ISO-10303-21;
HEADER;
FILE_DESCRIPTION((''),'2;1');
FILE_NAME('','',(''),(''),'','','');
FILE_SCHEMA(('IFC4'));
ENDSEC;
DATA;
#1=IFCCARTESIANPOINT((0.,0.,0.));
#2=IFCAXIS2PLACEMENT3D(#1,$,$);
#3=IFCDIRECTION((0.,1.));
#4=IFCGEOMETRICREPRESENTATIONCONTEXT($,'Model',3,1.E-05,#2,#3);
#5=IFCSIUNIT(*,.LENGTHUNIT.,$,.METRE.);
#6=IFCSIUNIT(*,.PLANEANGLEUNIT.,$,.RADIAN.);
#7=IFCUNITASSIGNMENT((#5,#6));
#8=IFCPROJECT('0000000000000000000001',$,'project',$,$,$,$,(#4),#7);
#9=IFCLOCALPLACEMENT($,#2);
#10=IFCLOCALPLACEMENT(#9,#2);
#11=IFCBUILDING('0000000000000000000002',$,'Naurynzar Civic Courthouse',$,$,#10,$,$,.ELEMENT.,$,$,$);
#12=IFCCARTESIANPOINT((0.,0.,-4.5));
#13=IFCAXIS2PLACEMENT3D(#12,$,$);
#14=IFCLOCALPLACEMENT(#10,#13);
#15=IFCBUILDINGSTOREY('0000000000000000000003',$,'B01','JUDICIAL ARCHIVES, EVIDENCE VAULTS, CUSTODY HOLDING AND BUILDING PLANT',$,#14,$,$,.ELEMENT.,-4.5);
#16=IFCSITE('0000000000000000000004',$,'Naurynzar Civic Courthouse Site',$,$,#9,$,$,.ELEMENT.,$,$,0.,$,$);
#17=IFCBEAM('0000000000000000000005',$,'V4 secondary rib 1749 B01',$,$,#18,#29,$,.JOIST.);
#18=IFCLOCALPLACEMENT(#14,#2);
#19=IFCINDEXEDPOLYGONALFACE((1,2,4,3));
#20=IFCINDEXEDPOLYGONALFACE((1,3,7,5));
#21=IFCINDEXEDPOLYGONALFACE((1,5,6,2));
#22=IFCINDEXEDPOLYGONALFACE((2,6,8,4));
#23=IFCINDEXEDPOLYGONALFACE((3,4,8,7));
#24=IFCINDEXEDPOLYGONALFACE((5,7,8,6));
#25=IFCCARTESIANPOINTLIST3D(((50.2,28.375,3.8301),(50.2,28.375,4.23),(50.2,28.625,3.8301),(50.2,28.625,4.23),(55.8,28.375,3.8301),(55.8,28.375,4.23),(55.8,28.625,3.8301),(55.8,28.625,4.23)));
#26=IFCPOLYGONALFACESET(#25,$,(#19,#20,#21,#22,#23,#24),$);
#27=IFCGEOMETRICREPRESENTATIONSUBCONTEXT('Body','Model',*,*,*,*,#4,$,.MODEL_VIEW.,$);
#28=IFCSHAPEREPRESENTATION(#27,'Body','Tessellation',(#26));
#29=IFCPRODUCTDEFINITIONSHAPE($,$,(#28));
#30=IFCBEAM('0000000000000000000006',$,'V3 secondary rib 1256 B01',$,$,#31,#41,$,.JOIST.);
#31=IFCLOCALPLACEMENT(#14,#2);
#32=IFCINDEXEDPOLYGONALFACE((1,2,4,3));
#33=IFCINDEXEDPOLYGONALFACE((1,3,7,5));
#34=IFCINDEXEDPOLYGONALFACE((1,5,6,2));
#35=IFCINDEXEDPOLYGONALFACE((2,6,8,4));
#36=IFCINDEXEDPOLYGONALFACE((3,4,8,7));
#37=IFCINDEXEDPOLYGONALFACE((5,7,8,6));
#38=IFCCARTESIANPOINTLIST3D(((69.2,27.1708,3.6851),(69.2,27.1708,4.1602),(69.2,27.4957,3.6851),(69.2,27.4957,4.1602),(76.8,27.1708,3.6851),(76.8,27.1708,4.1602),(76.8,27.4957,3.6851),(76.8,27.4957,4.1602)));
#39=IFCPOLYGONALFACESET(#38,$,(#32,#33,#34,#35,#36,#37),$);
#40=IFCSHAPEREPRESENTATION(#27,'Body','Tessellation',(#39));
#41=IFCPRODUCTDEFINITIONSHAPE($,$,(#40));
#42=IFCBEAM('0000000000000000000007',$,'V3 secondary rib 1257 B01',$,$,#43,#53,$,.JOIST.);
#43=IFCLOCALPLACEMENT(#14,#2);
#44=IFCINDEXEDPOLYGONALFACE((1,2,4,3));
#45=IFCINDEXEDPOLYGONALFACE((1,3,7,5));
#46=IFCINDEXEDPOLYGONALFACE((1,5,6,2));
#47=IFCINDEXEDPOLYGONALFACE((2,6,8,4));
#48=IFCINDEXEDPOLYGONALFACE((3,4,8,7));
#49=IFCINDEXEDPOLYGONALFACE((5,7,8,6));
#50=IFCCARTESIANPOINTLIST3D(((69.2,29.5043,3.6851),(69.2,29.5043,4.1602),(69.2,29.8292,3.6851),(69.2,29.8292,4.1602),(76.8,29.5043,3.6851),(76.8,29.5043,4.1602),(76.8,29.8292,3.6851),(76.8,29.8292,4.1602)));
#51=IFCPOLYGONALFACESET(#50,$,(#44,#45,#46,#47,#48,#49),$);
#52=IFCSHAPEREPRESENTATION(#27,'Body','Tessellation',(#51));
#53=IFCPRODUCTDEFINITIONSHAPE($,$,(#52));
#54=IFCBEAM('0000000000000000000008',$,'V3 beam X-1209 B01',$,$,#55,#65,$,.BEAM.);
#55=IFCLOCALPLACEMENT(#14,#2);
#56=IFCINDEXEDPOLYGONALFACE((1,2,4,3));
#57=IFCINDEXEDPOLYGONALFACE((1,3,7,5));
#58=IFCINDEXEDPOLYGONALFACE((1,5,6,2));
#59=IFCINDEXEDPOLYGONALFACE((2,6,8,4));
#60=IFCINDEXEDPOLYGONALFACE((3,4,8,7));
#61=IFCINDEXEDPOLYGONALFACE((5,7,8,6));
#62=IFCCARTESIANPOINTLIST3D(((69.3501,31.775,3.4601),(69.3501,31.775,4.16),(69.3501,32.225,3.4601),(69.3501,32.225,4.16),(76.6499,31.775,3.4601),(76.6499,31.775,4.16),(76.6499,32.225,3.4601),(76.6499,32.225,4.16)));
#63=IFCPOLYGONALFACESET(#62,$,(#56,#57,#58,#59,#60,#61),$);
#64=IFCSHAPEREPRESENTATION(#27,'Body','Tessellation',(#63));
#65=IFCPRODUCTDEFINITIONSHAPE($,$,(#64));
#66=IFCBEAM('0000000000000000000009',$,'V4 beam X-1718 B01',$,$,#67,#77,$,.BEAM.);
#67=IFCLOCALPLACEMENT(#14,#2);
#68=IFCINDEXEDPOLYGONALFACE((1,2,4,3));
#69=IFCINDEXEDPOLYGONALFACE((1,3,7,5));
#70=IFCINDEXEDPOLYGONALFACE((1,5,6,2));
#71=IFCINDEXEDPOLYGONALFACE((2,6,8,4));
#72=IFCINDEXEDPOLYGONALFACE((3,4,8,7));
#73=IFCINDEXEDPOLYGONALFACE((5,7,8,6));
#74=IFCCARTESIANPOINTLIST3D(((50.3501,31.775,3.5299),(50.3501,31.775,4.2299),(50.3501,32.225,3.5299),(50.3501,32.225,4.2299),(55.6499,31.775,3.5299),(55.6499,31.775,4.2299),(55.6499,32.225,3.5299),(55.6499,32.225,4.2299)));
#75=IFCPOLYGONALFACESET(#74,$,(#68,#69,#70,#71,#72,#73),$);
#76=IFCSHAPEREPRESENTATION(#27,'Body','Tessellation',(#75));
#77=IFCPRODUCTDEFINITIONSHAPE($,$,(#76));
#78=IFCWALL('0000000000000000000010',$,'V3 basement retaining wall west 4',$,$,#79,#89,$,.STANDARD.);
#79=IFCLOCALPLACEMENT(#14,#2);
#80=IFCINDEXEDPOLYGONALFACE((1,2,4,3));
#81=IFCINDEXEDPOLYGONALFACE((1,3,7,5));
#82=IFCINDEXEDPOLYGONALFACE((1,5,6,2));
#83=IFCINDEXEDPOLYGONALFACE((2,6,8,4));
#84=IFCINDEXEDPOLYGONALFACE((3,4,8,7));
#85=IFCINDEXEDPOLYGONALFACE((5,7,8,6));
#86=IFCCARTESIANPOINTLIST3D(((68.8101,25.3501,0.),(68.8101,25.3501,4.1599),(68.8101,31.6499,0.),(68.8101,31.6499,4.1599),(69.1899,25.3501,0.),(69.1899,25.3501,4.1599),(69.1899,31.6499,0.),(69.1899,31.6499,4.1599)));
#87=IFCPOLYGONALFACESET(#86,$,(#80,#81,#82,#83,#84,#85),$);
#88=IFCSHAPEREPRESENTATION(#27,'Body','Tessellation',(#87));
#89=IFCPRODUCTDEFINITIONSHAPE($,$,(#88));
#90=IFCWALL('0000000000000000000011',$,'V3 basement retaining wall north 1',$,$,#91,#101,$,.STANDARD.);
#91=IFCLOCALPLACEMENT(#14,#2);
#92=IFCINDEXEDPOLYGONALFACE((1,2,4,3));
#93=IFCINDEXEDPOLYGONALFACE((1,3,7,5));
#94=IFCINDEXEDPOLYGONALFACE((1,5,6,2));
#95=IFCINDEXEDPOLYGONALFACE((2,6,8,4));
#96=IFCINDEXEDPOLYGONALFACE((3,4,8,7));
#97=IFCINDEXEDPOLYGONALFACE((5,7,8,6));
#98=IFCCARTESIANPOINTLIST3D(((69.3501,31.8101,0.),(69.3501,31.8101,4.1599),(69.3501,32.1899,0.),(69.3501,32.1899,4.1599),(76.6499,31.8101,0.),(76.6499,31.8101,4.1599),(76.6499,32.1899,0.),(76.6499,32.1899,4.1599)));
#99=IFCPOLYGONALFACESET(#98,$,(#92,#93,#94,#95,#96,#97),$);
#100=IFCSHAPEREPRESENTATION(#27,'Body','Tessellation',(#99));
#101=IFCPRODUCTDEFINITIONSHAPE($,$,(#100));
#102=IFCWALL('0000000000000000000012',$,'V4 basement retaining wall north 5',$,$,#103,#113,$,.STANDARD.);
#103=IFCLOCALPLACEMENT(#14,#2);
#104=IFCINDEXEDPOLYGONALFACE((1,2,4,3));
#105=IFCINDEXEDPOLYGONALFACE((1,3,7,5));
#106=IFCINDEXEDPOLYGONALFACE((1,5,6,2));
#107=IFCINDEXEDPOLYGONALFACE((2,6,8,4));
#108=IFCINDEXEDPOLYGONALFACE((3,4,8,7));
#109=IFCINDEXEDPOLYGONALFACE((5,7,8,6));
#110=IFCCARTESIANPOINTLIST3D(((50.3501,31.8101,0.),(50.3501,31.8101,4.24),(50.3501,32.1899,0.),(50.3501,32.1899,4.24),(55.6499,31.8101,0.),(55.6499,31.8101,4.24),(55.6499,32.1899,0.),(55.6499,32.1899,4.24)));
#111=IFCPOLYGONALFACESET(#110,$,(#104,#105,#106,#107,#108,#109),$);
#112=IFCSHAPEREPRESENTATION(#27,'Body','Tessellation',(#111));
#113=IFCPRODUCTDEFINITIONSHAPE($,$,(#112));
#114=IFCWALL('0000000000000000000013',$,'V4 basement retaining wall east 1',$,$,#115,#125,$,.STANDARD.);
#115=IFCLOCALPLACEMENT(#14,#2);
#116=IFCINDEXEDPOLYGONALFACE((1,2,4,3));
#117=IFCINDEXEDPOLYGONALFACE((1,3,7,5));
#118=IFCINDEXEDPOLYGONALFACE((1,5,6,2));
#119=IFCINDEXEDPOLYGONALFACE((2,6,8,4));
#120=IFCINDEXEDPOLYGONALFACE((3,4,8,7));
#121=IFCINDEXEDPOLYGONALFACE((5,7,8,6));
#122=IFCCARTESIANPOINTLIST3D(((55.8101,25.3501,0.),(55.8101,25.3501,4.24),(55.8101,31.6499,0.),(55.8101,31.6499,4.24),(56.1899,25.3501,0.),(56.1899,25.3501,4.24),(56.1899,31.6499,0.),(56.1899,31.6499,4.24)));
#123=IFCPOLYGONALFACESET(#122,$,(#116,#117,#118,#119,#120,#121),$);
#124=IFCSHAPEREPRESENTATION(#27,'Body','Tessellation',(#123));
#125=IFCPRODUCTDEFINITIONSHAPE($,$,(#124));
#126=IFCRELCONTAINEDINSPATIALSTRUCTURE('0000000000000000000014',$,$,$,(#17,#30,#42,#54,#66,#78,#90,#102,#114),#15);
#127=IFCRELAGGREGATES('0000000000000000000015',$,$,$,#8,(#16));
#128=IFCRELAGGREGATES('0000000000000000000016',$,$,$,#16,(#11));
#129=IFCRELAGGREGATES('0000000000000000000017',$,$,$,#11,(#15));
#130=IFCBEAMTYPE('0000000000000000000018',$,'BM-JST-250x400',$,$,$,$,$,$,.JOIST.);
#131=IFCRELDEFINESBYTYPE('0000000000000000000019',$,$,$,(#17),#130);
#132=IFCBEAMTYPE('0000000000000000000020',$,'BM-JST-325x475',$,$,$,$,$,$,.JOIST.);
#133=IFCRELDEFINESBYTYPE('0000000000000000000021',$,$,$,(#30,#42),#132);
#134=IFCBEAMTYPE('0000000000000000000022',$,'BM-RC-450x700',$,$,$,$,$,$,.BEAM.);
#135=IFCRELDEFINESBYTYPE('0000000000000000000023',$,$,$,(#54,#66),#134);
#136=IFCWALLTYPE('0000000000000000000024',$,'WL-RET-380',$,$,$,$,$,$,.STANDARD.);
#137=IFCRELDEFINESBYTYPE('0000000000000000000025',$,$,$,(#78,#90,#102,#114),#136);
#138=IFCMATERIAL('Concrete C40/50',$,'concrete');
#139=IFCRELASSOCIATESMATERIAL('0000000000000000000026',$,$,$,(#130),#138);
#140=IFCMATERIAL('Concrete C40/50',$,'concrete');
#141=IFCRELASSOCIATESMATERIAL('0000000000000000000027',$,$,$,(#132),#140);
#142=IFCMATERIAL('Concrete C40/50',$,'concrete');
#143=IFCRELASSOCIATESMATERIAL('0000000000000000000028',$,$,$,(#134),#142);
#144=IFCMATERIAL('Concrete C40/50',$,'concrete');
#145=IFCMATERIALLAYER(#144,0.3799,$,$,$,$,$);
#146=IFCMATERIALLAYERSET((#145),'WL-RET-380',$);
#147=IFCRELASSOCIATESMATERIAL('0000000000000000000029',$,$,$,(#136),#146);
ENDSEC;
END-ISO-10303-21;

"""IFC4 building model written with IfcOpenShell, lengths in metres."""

from ifc_helpers import new_model, si_unit, direction, frame, frame_2d, origin, origin_2d, place, context, subcontext, project, spatial, rectangle, extrude, material, layer, layer_set, material_profile, profile_set, type_object, element, save


model = new_model("IFC4")

# Units and contexts
model_context = context("Model", 3, precision=1e-05, world=origin(), true_north=direction((0.0, 1.0)))
body_context = subcontext(model_context, "Body", "Model", "MODEL_VIEW")
ifc_project = project(units=[si_unit("LENGTHUNIT", "METRE"), si_unit("PLANEANGLEUNIT", "RADIAN")], contexts=[model_context])

# Site, building, storey
site_placement = place(None, origin())
site = spatial("IfcSite", under=ifc_project, at=site_placement, Name="Naurynzar Civic Courthouse Site", CompositionType="ELEMENT", RefElevation=0.0)
building_placement = place(site_placement, origin())
building = spatial("IfcBuilding", under=site, at=building_placement, Name="Naurynzar Civic Courthouse", CompositionType="ELEMENT")
storey_placement = place(building_placement, frame((0.0, 0.0, -4.5)))
storey = spatial("IfcBuildingStorey", under=building, at=storey_placement, Name="B01", Description="JUDICIAL ARCHIVES, EVIDENCE VAULTS, CUSTODY HOLDING AND BUILDING PLANT", CompositionType="ELEMENT", Elevation=-4.5)

# Beams
ifc_material_1 = material(Name="Concrete C40/50", Category="concrete")
ifc_material_profile_1 = material_profile(ifc_material_1, rectangle(XDim=0.25, YDim=0.3999, at=origin_2d()), Name="RCB 250x400")
ifc_profile_set_1 = profile_set([ifc_material_profile_1], Name="Concrete C40/50")
beam_type_1 = type_object("IfcBeamType", Name="BM-JST-250x400", PredefinedType="JOIST", material=ifc_profile_set_1)
beam_1_placement = place(storey_placement, frame((50.2, 28.5, 4.03), z_axis=(1.0, 0.0, 0.0), x_axis=(0.0, 1.0, 0.0)))
element("IfcBeam", 1, at=beam_1_placement, inside=storey, type_object=beam_type_1, Name="V4 secondary rib 1749 B01", PredefinedType="JOIST", context=body_context, shape_type="SweptSolid", body=[
    extrude(rectangle(XDim=0.25, YDim=0.3999, at=origin_2d()), origin(), (0.0, 0.0, 1.0), 5.6001),
])
ifc_material_2 = material(Name="Concrete C40/50", Category="concrete")
ifc_material_profile_2 = material_profile(ifc_material_2, rectangle(XDim=0.325, YDim=0.4751, at=origin_2d()), Name="RCB 325x475")
ifc_profile_set_2 = profile_set([ifc_material_profile_2], Name="Concrete C40/50")
beam_type_2 = type_object("IfcBeamType", Name="BM-JST-325x475", PredefinedType="JOIST", material=ifc_profile_set_2)
for number, where, z_axis, x_axis, name in (
    (2, (69.2, 27.3333, 3.9226), (1.0, 0.0, 0.0), (0.0, 1.0, 0.0), "V3 secondary rib 1256 B01"),
    (3, (69.2, 29.6667, 3.9226), (1.0, 0.0, 0.0), (0.0, 1.0, 0.0), "V3 secondary rib 1257 B01"),
):
    element("IfcBeam", number, at=place(storey_placement, frame(where, z_axis=z_axis, x_axis=x_axis)), inside=storey, type_object=beam_type_2, Name=name, PredefinedType="JOIST", context=body_context, shape_type="SweptSolid", body=[
        extrude(rectangle(XDim=0.325, YDim=0.4751, at=origin_2d()), origin(), (0.0, 0.0, 1.0), 7.6001),
    ])
ifc_material_3 = material(Name="Concrete C40/50", Category="concrete")
ifc_material_profile_3 = material_profile(ifc_material_3, rectangle(XDim=0.45, YDim=0.7, at=origin_2d()), Name="RCB 450x700")
ifc_profile_set_3 = profile_set([ifc_material_profile_3], Name="Concrete C40/50")
beam_type_3 = type_object("IfcBeamType", Name="BM-RC-450x700", PredefinedType="BEAM", material=ifc_profile_set_3)
beam_2_placement = place(storey_placement, frame((69.3501, 32.0, 3.8101), z_axis=(1.0, 0.0, 0.0), x_axis=(0.0, 1.0, 0.0)))
element("IfcBeam", 4, at=beam_2_placement, inside=storey, type_object=beam_type_3, Name="V3 beam X-1209 B01", PredefinedType="BEAM", context=body_context, shape_type="SweptSolid", body=[
    extrude(rectangle(XDim=0.45, YDim=0.7, at=origin_2d()), origin(), (0.0, 0.0, 1.0), 7.2998),
])
beam_3_placement = place(storey_placement, frame((50.3501, 32.0, 3.8799), z_axis=(1.0, 0.0, 0.0), x_axis=(0.0, 1.0, 0.0)))
element("IfcBeam", 5, at=beam_3_placement, inside=storey, type_object=beam_type_3, Name="V4 beam X-1718 B01", PredefinedType="BEAM", context=body_context, shape_type="SweptSolid", body=[
    extrude(rectangle(XDim=0.45, YDim=0.7, at=origin_2d()), origin(), (0.0, 0.0, 1.0), 5.2998),
])

# Walls
ifc_material_4 = material(Name="Concrete C40/50", Category="concrete")
ifc_layer = layer(ifc_material_4, 0.3799)
ifc_layer_set = layer_set([ifc_layer], Name="WL-RET-380")
wall_type = type_object("IfcWallType", Name="WL-RET-380", PredefinedType="STANDARD", material=ifc_layer_set)
wall_1_placement = place(storey_placement, frame((69.0, 25.3501, 0.0), z_axis=(0.0, 0.0, 1.0), x_axis=(0.0, 1.0, 0.0)))
element("IfcWall", 6, at=wall_1_placement, inside=storey, type_object=wall_type, Name="V3 basement retaining wall west 4", PredefinedType="STANDARD", context=body_context, shape_type="SweptSolid", body=[
    extrude(rectangle(XDim=6.2998, YDim=0.3799, at=frame_2d((3.1499, 0.0))), origin(), (0.0, 0.0, 1.0), 4.1599),
])
wall_2_placement = place(storey_placement, frame((69.3501, 32.0, 0.0), z_axis=(0.0, 0.0, 1.0), x_axis=(1.0, 0.0, 0.0)))
element("IfcWall", 7, at=wall_2_placement, inside=storey, type_object=wall_type, Name="V3 basement retaining wall north 1", PredefinedType="STANDARD", context=body_context, shape_type="SweptSolid", body=[
    extrude(rectangle(XDim=7.2998, YDim=0.3799, at=frame_2d((3.6499, 0.0))), origin(), (0.0, 0.0, 1.0), 4.1599),
])
wall_3_placement = place(storey_placement, frame((50.3501, 32.0, 0.0), z_axis=(0.0, 0.0, 1.0), x_axis=(1.0, 0.0, 0.0)))
element("IfcWall", 8, at=wall_3_placement, inside=storey, type_object=wall_type, Name="V4 basement retaining wall north 5", PredefinedType="STANDARD", context=body_context, shape_type="SweptSolid", body=[
    extrude(rectangle(XDim=5.2998, YDim=0.3799, at=frame_2d((2.6499, 0.0))), origin(), (0.0, 0.0, 1.0), 4.24),
])
wall_4_placement = place(storey_placement, frame((56.0, 31.6499, 0.0), z_axis=(0.0, 0.0, 1.0), x_axis=(0.0, -1.0, 0.0)))
element("IfcWall", 9, at=wall_4_placement, inside=storey, type_object=wall_type, Name="V4 basement retaining wall east 1", PredefinedType="STANDARD", context=body_context, shape_type="SweptSolid", body=[
    extrude(rectangle(XDim=6.2998, YDim=0.3799, at=frame_2d((3.1499, 0.0))), origin(), (0.0, 0.0, 1.0), 4.24),
])

save(model, "model.ifc")
